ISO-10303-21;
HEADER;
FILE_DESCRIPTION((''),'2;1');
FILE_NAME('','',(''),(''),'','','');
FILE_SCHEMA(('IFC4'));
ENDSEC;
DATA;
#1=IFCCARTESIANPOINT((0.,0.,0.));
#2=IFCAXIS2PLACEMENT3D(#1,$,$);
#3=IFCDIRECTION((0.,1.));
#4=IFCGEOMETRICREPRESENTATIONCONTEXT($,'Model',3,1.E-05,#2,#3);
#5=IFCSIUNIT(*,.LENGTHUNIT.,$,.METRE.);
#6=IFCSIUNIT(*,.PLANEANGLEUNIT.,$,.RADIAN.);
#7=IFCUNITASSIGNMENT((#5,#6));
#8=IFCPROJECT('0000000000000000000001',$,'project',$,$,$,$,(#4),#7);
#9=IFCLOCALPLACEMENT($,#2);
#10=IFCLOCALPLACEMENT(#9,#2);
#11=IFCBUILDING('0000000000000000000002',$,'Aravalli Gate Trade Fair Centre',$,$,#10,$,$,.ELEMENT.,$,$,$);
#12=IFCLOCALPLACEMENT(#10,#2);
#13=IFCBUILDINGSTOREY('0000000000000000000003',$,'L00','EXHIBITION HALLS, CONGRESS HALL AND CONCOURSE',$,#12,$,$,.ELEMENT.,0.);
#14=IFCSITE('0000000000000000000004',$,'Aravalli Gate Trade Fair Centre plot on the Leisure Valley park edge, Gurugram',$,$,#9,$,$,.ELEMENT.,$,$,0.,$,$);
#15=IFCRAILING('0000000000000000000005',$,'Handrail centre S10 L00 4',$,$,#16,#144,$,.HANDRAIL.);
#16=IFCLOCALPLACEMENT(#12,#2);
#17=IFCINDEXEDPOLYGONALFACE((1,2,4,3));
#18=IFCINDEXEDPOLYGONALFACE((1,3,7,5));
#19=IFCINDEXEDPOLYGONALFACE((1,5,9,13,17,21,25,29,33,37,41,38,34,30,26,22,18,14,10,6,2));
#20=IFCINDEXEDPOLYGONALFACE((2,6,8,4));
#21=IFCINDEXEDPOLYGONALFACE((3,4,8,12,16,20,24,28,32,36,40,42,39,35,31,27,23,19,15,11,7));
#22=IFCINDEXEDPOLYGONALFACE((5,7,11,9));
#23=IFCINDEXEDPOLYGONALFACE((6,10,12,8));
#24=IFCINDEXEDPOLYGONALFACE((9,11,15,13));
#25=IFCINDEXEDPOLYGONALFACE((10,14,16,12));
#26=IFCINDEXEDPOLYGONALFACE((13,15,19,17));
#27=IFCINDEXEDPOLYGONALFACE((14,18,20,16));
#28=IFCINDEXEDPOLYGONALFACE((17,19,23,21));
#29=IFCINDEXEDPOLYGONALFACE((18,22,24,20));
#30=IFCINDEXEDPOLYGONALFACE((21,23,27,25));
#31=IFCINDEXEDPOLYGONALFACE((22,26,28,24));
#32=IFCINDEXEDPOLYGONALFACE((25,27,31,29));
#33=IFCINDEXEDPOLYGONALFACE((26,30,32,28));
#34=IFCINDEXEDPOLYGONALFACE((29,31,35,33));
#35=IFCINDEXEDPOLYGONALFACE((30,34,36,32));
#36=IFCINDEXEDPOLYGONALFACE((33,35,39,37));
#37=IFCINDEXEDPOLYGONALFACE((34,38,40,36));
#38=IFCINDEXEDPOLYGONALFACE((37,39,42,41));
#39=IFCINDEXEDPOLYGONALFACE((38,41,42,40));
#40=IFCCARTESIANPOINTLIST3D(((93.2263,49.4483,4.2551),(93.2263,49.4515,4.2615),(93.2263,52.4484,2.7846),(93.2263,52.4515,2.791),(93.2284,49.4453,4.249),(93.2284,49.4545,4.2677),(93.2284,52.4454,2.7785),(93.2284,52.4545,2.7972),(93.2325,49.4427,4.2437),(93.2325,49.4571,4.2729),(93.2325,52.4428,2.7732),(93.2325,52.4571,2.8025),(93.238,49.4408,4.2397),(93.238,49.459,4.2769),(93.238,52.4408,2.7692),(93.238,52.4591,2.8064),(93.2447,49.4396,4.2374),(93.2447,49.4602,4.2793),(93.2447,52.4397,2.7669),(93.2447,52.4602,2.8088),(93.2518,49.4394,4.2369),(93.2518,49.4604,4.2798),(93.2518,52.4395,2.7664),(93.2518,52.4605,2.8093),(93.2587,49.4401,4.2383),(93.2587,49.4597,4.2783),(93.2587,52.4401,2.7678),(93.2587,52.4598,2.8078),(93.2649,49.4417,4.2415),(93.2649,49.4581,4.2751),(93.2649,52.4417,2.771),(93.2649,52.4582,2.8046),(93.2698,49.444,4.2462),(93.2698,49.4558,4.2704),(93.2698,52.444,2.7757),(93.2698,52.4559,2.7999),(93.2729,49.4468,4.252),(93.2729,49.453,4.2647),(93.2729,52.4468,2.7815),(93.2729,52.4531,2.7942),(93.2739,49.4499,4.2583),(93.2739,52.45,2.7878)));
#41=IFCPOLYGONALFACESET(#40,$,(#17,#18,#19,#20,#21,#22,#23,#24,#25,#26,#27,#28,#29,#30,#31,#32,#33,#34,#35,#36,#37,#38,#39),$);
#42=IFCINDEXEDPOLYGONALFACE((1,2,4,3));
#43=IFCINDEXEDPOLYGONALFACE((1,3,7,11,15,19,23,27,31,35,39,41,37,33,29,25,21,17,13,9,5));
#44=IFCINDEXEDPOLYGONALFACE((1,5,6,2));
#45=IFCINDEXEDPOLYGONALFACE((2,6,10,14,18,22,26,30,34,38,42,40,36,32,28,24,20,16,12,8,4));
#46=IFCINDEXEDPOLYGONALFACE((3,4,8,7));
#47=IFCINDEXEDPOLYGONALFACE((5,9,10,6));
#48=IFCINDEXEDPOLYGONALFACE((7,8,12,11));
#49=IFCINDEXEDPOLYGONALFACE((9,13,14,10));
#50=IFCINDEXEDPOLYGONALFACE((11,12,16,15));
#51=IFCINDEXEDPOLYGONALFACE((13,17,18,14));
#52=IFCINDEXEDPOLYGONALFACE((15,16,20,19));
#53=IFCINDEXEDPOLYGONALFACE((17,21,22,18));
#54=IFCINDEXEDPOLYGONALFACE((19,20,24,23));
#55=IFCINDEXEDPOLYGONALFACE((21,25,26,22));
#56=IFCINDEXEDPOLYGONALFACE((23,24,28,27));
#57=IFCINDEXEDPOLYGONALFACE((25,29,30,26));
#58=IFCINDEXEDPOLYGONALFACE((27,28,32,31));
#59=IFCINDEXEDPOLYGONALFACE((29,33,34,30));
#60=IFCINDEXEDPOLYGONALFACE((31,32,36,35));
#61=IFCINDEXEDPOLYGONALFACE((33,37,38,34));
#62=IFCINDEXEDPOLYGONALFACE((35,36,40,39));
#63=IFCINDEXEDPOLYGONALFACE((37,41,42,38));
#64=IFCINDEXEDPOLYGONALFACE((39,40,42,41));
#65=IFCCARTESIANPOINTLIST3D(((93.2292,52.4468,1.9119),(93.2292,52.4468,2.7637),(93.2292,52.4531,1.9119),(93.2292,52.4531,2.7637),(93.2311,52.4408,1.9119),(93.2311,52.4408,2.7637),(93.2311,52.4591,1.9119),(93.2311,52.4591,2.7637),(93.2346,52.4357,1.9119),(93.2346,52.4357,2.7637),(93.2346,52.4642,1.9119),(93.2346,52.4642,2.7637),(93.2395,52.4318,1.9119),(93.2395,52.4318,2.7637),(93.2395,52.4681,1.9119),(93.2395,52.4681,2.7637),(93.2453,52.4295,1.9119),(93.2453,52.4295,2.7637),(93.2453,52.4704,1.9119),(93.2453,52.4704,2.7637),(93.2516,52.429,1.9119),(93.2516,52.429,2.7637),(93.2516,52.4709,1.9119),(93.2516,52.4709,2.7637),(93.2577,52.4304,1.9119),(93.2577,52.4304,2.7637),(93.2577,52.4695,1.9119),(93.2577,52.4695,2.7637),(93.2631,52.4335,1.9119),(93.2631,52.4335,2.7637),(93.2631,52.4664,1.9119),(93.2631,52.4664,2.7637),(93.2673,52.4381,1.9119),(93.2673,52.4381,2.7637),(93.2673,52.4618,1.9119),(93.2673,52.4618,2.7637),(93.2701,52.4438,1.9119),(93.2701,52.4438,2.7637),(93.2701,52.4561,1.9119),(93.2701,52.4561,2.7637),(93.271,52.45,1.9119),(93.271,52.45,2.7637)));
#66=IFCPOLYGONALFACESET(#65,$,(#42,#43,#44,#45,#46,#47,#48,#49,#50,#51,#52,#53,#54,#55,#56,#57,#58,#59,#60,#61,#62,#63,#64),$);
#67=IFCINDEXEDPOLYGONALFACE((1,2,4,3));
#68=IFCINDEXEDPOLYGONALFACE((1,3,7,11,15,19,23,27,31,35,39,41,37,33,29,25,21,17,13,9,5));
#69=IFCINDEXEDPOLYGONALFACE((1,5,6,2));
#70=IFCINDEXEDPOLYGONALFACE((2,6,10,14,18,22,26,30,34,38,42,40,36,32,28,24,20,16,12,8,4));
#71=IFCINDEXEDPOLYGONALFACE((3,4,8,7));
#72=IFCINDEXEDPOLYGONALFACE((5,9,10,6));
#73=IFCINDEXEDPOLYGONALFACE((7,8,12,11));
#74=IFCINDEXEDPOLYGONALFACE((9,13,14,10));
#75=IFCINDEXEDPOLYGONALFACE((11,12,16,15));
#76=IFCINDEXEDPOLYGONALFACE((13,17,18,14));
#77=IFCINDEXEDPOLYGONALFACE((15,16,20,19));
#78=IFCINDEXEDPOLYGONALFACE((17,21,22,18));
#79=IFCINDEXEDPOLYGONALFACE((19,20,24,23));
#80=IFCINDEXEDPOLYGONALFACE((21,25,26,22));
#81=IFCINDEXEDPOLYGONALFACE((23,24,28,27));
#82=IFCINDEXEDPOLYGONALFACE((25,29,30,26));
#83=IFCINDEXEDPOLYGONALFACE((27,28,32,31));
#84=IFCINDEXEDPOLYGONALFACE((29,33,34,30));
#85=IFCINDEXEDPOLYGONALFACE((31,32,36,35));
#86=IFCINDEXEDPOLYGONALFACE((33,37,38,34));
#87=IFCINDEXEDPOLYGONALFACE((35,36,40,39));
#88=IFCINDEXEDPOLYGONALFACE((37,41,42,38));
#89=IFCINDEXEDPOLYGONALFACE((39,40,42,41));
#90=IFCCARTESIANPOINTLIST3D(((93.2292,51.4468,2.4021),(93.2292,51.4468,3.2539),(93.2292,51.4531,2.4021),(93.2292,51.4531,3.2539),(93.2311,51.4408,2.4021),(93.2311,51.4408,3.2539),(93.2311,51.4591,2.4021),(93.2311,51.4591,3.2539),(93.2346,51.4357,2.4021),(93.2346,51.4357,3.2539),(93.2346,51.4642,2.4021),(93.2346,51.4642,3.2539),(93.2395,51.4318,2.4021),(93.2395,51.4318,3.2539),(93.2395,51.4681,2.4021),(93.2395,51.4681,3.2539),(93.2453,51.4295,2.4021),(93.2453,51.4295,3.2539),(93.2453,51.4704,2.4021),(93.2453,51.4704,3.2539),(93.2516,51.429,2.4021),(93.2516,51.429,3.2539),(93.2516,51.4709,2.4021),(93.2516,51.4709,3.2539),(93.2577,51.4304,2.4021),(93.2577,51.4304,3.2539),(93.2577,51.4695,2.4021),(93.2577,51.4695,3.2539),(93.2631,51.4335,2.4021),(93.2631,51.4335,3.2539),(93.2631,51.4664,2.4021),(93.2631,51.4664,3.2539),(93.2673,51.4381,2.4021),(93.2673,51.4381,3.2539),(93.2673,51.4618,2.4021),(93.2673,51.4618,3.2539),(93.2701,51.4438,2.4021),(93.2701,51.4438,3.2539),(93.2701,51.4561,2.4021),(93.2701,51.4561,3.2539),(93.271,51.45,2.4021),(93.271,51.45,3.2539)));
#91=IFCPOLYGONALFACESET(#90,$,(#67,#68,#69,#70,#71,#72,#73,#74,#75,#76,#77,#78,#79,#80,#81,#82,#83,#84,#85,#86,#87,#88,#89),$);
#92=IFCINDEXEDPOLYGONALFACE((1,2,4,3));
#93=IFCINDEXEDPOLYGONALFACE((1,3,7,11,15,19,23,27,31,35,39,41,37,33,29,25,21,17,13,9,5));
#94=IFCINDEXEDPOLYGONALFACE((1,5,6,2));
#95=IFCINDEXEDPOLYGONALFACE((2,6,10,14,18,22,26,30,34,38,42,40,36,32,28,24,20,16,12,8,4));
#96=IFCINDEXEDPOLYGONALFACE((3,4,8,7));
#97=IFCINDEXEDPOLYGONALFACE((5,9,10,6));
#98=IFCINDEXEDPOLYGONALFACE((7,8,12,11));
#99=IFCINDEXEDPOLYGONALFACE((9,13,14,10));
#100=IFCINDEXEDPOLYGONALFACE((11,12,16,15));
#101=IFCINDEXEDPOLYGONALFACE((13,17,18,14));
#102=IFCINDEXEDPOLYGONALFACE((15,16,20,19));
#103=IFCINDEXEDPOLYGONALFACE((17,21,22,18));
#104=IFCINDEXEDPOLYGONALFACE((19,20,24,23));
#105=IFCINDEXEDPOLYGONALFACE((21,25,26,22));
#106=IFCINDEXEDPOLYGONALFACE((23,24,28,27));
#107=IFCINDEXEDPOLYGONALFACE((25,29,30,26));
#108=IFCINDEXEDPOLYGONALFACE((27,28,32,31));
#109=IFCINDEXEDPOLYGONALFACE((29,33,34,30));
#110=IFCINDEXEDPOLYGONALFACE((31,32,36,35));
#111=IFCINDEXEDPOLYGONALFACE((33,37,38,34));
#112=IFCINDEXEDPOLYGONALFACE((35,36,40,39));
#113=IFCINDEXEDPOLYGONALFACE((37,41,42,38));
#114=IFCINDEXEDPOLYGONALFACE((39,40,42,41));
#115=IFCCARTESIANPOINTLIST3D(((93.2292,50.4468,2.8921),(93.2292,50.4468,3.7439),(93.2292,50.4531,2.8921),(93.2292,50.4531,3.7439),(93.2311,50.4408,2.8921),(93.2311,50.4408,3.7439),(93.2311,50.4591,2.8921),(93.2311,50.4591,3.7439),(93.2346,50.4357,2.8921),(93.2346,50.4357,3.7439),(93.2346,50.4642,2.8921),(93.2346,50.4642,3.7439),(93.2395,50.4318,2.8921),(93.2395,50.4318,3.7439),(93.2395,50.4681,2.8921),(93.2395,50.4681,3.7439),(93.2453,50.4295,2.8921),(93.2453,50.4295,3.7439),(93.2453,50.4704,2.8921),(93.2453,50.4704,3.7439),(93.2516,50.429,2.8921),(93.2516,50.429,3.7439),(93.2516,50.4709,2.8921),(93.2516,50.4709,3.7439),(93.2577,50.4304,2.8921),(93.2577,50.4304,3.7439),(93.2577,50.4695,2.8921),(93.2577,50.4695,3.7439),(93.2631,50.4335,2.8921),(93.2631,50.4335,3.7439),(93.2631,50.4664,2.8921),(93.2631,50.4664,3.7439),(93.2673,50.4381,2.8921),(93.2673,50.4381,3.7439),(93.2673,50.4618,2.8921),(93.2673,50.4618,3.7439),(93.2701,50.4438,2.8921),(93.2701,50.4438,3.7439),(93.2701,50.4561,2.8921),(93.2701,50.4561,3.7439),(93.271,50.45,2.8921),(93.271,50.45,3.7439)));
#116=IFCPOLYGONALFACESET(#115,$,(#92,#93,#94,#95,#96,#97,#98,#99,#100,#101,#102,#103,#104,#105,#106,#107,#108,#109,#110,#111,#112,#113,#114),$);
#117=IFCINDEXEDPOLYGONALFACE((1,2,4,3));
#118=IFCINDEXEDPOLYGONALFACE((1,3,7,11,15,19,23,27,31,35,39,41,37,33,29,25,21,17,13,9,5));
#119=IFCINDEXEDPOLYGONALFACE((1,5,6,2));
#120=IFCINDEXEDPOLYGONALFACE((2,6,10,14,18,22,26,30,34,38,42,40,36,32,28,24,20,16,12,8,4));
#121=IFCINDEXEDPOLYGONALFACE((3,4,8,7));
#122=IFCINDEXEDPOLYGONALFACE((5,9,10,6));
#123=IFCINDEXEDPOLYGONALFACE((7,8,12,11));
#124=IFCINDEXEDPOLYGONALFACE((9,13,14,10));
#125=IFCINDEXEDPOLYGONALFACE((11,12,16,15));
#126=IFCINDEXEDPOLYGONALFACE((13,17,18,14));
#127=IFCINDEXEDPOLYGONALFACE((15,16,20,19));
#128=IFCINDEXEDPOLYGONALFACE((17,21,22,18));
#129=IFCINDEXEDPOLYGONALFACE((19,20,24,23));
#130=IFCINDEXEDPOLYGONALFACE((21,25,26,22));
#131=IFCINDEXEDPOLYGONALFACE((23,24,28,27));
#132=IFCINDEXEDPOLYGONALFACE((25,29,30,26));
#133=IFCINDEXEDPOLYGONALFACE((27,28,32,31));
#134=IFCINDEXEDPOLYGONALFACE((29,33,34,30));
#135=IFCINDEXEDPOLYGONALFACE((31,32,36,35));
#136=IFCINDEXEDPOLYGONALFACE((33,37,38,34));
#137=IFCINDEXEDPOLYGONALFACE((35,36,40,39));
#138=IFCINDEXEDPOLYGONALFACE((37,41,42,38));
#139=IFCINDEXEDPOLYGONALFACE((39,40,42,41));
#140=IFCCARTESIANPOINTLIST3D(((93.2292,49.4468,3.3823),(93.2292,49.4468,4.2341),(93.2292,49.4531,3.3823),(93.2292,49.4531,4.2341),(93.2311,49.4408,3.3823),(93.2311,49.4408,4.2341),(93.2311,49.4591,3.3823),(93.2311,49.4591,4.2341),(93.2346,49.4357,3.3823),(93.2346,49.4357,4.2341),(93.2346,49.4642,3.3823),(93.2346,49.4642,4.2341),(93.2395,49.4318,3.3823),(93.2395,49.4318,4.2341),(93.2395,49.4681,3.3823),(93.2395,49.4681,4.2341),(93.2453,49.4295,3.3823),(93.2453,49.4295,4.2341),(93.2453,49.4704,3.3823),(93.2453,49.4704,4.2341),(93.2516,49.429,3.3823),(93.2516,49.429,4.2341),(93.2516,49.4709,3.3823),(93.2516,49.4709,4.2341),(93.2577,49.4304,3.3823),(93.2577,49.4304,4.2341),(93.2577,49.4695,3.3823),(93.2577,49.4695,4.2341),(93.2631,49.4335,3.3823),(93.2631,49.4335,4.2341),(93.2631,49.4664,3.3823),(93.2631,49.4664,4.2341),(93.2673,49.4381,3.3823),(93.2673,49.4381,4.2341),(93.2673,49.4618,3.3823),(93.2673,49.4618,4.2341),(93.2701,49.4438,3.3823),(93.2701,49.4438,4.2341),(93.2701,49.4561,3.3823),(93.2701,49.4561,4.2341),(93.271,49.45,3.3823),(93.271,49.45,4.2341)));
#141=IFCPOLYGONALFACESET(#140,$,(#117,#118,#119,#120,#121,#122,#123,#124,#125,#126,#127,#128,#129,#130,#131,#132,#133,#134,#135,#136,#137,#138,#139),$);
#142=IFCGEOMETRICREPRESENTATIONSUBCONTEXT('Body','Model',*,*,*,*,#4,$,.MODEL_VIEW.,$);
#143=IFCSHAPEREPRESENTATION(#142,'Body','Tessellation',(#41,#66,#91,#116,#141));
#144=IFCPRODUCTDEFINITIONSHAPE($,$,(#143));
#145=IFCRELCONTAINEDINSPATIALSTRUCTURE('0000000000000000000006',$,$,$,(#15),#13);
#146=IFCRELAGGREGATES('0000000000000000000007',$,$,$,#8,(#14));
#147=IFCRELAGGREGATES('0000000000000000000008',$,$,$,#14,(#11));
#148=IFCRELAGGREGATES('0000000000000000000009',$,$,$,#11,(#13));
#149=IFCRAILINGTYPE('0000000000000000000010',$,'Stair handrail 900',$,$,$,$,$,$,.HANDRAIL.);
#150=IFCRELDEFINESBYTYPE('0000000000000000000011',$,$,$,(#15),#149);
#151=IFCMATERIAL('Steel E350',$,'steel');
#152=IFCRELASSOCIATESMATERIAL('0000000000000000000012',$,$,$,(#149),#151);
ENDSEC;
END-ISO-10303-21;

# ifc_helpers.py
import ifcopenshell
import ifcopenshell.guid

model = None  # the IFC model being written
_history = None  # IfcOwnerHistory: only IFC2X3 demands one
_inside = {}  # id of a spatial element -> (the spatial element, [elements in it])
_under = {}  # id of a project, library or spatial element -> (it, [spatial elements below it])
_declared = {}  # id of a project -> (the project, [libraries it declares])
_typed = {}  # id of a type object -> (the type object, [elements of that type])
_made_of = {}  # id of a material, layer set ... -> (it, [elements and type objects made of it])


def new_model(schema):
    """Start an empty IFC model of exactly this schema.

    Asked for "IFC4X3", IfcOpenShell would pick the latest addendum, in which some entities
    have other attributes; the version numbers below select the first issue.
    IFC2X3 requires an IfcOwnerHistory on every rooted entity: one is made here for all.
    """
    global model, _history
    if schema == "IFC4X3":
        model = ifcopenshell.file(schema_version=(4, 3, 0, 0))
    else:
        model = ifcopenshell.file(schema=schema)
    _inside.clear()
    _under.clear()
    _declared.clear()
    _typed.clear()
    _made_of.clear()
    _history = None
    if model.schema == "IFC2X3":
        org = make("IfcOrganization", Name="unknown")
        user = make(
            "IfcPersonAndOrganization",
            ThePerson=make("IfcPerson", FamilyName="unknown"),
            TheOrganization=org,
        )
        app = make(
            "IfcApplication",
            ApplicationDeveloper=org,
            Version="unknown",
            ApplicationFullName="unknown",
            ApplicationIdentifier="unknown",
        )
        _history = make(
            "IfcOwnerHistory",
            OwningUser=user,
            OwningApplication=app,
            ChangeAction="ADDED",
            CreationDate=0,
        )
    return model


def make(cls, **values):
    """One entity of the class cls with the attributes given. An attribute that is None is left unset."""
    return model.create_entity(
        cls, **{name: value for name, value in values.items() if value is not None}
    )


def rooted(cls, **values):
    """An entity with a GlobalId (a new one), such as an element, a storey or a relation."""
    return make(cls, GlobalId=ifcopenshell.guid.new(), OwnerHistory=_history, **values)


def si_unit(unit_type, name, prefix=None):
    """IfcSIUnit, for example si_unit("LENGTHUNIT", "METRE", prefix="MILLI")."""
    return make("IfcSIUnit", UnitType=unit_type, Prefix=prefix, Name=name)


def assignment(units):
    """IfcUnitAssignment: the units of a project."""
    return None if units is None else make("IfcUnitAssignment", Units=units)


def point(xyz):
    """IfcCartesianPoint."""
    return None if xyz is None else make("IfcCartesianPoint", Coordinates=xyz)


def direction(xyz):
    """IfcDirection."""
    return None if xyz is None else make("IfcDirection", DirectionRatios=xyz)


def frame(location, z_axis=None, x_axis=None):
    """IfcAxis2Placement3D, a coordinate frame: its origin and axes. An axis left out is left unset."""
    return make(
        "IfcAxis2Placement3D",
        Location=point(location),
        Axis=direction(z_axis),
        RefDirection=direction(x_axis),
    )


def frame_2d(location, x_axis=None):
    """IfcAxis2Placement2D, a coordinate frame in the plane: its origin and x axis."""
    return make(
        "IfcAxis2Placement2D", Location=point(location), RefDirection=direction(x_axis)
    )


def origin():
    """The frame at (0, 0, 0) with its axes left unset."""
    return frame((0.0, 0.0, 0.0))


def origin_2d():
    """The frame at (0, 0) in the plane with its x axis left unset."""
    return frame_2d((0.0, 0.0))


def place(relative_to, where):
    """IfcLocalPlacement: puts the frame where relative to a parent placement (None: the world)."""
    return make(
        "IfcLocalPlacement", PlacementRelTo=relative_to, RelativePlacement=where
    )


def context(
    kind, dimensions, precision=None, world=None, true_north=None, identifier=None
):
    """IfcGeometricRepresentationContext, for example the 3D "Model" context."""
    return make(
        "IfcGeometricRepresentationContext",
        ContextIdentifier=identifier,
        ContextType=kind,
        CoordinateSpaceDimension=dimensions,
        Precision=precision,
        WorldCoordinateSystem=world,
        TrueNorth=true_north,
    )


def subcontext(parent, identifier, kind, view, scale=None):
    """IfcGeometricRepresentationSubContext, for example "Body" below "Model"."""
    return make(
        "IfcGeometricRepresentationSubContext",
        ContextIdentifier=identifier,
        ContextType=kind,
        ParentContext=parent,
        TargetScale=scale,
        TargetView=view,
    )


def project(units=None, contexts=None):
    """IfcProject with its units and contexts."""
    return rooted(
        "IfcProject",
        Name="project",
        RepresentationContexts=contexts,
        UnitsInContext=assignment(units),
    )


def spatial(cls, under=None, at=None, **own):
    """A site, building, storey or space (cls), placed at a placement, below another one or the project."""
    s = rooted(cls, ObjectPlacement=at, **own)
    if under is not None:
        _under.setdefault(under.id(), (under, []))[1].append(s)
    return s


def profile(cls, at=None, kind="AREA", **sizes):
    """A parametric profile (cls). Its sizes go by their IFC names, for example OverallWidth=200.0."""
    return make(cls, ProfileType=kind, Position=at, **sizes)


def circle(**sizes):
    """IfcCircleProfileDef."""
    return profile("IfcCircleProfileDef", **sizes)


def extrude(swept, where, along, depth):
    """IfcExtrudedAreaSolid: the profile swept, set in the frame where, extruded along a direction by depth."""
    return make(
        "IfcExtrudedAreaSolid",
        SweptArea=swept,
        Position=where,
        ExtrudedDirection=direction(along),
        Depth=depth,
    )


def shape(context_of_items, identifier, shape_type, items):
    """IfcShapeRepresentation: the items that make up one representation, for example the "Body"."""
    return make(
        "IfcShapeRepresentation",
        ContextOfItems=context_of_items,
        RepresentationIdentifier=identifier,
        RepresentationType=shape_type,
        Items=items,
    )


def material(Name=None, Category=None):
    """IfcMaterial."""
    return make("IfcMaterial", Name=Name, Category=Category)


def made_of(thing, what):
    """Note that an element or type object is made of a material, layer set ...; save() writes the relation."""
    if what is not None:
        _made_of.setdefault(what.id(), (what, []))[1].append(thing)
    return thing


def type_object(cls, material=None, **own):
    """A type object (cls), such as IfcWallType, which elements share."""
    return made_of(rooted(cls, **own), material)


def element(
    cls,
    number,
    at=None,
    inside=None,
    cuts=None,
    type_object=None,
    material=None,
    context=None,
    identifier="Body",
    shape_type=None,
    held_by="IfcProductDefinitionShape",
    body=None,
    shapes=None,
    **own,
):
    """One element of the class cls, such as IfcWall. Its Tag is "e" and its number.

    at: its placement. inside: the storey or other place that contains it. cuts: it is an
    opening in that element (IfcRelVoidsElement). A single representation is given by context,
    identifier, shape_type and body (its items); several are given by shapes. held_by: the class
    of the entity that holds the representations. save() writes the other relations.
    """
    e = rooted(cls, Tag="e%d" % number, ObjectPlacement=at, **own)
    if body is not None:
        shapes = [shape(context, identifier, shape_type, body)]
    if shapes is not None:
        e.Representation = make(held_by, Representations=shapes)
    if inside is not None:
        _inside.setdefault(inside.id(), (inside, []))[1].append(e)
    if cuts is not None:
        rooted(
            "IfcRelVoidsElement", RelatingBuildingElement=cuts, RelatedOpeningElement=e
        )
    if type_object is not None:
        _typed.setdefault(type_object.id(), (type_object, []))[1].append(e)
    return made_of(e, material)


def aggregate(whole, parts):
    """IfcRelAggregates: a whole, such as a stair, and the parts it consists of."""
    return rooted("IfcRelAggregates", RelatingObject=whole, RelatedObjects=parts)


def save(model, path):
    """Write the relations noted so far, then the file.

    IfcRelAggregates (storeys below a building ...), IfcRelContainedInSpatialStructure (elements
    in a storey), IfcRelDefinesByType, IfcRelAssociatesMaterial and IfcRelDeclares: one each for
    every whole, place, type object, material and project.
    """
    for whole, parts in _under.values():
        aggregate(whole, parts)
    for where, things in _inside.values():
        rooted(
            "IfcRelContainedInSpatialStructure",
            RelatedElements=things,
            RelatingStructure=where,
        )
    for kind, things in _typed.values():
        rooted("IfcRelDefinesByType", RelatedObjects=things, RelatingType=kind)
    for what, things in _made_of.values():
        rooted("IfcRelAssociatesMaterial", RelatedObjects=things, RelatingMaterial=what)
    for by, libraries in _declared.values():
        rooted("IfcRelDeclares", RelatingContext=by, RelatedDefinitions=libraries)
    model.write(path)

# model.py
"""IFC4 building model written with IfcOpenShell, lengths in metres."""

from ifc_helpers import new_model, si_unit, direction, frame, origin, origin_2d, place, context, subcontext, project, spatial, circle, extrude, material, type_object, element, save


model = new_model("IFC4")

# Units and contexts
model_context = context("Model", 3, precision=1e-05, world=origin(), true_north=direction((0.0, 1.0)))
body_context = subcontext(model_context, "Body", "Model", "MODEL_VIEW")
ifc_project = project(units=[si_unit("LENGTHUNIT", "METRE"), si_unit("PLANEANGLEUNIT", "RADIAN")], contexts=[model_context])

# Site, building, storey
site_placement = place(None, origin())
site = spatial("IfcSite", under=ifc_project, at=site_placement, Name="Aravalli Gate Trade Fair Centre plot on the Leisure Valley park edge, Gurugram", CompositionType="ELEMENT", RefElevation=0.0)
building_placement = place(site_placement, origin())
building = spatial("IfcBuilding", under=site, at=building_placement, Name="Aravalli Gate Trade Fair Centre", CompositionType="ELEMENT")
storey_placement = place(building_placement, origin())
storey = spatial("IfcBuildingStorey", under=building, at=storey_placement, Name="L00", Description="EXHIBITION HALLS, CONGRESS HALL AND CONCOURSE", CompositionType="ELEMENT", Elevation=0.0)

# Railing
ifc_material_1 = material(Name="Steel E350", Category="steel")
railing_type = type_object("IfcRailingType", Name="Stair handrail 900", PredefinedType="HANDRAIL", material=ifc_material_1)
for number, where, name in (
    (1, (93.25, 52.45, 1.9119), "Handrail centre S10 L00 4"),
):
    element("IfcRailing", number, at=place(storey_placement, frame(where)), inside=storey, type_object=railing_type, Name=name, PredefinedType="HANDRAIL", context=body_context, shape_type="SweptSolid", body=[
        extrude(circle(Radius=0.0239, at=origin_2d()), frame((0.0, 0.0, 0.876), z_axis=(0.0, -0.897936, 0.440126), x_axis=(1.0, 0.0, 0.0)), (0.0, 0.0, 1.0), 3.3411),
        extrude(circle(Radius=0.021, at=origin_2d()), origin(), (0.0, 0.0, 1.0), 0.8518),
        extrude(circle(Radius=0.021, at=origin_2d()), frame((0.0, -1.0, 0.4902)), (0.0, 0.0, 1.0), 0.8518),
        extrude(circle(Radius=0.021, at=origin_2d()), frame((0.0, -2.0, 0.9802)), (0.0, 0.0, 1.0), 0.8518),
        extrude(circle(Radius=0.021, at=origin_2d()), frame((0.0, -3.0, 1.4705)), (0.0, 0.0, 1.0), 0.8518),
    ])

save(model, "model.ifc")
